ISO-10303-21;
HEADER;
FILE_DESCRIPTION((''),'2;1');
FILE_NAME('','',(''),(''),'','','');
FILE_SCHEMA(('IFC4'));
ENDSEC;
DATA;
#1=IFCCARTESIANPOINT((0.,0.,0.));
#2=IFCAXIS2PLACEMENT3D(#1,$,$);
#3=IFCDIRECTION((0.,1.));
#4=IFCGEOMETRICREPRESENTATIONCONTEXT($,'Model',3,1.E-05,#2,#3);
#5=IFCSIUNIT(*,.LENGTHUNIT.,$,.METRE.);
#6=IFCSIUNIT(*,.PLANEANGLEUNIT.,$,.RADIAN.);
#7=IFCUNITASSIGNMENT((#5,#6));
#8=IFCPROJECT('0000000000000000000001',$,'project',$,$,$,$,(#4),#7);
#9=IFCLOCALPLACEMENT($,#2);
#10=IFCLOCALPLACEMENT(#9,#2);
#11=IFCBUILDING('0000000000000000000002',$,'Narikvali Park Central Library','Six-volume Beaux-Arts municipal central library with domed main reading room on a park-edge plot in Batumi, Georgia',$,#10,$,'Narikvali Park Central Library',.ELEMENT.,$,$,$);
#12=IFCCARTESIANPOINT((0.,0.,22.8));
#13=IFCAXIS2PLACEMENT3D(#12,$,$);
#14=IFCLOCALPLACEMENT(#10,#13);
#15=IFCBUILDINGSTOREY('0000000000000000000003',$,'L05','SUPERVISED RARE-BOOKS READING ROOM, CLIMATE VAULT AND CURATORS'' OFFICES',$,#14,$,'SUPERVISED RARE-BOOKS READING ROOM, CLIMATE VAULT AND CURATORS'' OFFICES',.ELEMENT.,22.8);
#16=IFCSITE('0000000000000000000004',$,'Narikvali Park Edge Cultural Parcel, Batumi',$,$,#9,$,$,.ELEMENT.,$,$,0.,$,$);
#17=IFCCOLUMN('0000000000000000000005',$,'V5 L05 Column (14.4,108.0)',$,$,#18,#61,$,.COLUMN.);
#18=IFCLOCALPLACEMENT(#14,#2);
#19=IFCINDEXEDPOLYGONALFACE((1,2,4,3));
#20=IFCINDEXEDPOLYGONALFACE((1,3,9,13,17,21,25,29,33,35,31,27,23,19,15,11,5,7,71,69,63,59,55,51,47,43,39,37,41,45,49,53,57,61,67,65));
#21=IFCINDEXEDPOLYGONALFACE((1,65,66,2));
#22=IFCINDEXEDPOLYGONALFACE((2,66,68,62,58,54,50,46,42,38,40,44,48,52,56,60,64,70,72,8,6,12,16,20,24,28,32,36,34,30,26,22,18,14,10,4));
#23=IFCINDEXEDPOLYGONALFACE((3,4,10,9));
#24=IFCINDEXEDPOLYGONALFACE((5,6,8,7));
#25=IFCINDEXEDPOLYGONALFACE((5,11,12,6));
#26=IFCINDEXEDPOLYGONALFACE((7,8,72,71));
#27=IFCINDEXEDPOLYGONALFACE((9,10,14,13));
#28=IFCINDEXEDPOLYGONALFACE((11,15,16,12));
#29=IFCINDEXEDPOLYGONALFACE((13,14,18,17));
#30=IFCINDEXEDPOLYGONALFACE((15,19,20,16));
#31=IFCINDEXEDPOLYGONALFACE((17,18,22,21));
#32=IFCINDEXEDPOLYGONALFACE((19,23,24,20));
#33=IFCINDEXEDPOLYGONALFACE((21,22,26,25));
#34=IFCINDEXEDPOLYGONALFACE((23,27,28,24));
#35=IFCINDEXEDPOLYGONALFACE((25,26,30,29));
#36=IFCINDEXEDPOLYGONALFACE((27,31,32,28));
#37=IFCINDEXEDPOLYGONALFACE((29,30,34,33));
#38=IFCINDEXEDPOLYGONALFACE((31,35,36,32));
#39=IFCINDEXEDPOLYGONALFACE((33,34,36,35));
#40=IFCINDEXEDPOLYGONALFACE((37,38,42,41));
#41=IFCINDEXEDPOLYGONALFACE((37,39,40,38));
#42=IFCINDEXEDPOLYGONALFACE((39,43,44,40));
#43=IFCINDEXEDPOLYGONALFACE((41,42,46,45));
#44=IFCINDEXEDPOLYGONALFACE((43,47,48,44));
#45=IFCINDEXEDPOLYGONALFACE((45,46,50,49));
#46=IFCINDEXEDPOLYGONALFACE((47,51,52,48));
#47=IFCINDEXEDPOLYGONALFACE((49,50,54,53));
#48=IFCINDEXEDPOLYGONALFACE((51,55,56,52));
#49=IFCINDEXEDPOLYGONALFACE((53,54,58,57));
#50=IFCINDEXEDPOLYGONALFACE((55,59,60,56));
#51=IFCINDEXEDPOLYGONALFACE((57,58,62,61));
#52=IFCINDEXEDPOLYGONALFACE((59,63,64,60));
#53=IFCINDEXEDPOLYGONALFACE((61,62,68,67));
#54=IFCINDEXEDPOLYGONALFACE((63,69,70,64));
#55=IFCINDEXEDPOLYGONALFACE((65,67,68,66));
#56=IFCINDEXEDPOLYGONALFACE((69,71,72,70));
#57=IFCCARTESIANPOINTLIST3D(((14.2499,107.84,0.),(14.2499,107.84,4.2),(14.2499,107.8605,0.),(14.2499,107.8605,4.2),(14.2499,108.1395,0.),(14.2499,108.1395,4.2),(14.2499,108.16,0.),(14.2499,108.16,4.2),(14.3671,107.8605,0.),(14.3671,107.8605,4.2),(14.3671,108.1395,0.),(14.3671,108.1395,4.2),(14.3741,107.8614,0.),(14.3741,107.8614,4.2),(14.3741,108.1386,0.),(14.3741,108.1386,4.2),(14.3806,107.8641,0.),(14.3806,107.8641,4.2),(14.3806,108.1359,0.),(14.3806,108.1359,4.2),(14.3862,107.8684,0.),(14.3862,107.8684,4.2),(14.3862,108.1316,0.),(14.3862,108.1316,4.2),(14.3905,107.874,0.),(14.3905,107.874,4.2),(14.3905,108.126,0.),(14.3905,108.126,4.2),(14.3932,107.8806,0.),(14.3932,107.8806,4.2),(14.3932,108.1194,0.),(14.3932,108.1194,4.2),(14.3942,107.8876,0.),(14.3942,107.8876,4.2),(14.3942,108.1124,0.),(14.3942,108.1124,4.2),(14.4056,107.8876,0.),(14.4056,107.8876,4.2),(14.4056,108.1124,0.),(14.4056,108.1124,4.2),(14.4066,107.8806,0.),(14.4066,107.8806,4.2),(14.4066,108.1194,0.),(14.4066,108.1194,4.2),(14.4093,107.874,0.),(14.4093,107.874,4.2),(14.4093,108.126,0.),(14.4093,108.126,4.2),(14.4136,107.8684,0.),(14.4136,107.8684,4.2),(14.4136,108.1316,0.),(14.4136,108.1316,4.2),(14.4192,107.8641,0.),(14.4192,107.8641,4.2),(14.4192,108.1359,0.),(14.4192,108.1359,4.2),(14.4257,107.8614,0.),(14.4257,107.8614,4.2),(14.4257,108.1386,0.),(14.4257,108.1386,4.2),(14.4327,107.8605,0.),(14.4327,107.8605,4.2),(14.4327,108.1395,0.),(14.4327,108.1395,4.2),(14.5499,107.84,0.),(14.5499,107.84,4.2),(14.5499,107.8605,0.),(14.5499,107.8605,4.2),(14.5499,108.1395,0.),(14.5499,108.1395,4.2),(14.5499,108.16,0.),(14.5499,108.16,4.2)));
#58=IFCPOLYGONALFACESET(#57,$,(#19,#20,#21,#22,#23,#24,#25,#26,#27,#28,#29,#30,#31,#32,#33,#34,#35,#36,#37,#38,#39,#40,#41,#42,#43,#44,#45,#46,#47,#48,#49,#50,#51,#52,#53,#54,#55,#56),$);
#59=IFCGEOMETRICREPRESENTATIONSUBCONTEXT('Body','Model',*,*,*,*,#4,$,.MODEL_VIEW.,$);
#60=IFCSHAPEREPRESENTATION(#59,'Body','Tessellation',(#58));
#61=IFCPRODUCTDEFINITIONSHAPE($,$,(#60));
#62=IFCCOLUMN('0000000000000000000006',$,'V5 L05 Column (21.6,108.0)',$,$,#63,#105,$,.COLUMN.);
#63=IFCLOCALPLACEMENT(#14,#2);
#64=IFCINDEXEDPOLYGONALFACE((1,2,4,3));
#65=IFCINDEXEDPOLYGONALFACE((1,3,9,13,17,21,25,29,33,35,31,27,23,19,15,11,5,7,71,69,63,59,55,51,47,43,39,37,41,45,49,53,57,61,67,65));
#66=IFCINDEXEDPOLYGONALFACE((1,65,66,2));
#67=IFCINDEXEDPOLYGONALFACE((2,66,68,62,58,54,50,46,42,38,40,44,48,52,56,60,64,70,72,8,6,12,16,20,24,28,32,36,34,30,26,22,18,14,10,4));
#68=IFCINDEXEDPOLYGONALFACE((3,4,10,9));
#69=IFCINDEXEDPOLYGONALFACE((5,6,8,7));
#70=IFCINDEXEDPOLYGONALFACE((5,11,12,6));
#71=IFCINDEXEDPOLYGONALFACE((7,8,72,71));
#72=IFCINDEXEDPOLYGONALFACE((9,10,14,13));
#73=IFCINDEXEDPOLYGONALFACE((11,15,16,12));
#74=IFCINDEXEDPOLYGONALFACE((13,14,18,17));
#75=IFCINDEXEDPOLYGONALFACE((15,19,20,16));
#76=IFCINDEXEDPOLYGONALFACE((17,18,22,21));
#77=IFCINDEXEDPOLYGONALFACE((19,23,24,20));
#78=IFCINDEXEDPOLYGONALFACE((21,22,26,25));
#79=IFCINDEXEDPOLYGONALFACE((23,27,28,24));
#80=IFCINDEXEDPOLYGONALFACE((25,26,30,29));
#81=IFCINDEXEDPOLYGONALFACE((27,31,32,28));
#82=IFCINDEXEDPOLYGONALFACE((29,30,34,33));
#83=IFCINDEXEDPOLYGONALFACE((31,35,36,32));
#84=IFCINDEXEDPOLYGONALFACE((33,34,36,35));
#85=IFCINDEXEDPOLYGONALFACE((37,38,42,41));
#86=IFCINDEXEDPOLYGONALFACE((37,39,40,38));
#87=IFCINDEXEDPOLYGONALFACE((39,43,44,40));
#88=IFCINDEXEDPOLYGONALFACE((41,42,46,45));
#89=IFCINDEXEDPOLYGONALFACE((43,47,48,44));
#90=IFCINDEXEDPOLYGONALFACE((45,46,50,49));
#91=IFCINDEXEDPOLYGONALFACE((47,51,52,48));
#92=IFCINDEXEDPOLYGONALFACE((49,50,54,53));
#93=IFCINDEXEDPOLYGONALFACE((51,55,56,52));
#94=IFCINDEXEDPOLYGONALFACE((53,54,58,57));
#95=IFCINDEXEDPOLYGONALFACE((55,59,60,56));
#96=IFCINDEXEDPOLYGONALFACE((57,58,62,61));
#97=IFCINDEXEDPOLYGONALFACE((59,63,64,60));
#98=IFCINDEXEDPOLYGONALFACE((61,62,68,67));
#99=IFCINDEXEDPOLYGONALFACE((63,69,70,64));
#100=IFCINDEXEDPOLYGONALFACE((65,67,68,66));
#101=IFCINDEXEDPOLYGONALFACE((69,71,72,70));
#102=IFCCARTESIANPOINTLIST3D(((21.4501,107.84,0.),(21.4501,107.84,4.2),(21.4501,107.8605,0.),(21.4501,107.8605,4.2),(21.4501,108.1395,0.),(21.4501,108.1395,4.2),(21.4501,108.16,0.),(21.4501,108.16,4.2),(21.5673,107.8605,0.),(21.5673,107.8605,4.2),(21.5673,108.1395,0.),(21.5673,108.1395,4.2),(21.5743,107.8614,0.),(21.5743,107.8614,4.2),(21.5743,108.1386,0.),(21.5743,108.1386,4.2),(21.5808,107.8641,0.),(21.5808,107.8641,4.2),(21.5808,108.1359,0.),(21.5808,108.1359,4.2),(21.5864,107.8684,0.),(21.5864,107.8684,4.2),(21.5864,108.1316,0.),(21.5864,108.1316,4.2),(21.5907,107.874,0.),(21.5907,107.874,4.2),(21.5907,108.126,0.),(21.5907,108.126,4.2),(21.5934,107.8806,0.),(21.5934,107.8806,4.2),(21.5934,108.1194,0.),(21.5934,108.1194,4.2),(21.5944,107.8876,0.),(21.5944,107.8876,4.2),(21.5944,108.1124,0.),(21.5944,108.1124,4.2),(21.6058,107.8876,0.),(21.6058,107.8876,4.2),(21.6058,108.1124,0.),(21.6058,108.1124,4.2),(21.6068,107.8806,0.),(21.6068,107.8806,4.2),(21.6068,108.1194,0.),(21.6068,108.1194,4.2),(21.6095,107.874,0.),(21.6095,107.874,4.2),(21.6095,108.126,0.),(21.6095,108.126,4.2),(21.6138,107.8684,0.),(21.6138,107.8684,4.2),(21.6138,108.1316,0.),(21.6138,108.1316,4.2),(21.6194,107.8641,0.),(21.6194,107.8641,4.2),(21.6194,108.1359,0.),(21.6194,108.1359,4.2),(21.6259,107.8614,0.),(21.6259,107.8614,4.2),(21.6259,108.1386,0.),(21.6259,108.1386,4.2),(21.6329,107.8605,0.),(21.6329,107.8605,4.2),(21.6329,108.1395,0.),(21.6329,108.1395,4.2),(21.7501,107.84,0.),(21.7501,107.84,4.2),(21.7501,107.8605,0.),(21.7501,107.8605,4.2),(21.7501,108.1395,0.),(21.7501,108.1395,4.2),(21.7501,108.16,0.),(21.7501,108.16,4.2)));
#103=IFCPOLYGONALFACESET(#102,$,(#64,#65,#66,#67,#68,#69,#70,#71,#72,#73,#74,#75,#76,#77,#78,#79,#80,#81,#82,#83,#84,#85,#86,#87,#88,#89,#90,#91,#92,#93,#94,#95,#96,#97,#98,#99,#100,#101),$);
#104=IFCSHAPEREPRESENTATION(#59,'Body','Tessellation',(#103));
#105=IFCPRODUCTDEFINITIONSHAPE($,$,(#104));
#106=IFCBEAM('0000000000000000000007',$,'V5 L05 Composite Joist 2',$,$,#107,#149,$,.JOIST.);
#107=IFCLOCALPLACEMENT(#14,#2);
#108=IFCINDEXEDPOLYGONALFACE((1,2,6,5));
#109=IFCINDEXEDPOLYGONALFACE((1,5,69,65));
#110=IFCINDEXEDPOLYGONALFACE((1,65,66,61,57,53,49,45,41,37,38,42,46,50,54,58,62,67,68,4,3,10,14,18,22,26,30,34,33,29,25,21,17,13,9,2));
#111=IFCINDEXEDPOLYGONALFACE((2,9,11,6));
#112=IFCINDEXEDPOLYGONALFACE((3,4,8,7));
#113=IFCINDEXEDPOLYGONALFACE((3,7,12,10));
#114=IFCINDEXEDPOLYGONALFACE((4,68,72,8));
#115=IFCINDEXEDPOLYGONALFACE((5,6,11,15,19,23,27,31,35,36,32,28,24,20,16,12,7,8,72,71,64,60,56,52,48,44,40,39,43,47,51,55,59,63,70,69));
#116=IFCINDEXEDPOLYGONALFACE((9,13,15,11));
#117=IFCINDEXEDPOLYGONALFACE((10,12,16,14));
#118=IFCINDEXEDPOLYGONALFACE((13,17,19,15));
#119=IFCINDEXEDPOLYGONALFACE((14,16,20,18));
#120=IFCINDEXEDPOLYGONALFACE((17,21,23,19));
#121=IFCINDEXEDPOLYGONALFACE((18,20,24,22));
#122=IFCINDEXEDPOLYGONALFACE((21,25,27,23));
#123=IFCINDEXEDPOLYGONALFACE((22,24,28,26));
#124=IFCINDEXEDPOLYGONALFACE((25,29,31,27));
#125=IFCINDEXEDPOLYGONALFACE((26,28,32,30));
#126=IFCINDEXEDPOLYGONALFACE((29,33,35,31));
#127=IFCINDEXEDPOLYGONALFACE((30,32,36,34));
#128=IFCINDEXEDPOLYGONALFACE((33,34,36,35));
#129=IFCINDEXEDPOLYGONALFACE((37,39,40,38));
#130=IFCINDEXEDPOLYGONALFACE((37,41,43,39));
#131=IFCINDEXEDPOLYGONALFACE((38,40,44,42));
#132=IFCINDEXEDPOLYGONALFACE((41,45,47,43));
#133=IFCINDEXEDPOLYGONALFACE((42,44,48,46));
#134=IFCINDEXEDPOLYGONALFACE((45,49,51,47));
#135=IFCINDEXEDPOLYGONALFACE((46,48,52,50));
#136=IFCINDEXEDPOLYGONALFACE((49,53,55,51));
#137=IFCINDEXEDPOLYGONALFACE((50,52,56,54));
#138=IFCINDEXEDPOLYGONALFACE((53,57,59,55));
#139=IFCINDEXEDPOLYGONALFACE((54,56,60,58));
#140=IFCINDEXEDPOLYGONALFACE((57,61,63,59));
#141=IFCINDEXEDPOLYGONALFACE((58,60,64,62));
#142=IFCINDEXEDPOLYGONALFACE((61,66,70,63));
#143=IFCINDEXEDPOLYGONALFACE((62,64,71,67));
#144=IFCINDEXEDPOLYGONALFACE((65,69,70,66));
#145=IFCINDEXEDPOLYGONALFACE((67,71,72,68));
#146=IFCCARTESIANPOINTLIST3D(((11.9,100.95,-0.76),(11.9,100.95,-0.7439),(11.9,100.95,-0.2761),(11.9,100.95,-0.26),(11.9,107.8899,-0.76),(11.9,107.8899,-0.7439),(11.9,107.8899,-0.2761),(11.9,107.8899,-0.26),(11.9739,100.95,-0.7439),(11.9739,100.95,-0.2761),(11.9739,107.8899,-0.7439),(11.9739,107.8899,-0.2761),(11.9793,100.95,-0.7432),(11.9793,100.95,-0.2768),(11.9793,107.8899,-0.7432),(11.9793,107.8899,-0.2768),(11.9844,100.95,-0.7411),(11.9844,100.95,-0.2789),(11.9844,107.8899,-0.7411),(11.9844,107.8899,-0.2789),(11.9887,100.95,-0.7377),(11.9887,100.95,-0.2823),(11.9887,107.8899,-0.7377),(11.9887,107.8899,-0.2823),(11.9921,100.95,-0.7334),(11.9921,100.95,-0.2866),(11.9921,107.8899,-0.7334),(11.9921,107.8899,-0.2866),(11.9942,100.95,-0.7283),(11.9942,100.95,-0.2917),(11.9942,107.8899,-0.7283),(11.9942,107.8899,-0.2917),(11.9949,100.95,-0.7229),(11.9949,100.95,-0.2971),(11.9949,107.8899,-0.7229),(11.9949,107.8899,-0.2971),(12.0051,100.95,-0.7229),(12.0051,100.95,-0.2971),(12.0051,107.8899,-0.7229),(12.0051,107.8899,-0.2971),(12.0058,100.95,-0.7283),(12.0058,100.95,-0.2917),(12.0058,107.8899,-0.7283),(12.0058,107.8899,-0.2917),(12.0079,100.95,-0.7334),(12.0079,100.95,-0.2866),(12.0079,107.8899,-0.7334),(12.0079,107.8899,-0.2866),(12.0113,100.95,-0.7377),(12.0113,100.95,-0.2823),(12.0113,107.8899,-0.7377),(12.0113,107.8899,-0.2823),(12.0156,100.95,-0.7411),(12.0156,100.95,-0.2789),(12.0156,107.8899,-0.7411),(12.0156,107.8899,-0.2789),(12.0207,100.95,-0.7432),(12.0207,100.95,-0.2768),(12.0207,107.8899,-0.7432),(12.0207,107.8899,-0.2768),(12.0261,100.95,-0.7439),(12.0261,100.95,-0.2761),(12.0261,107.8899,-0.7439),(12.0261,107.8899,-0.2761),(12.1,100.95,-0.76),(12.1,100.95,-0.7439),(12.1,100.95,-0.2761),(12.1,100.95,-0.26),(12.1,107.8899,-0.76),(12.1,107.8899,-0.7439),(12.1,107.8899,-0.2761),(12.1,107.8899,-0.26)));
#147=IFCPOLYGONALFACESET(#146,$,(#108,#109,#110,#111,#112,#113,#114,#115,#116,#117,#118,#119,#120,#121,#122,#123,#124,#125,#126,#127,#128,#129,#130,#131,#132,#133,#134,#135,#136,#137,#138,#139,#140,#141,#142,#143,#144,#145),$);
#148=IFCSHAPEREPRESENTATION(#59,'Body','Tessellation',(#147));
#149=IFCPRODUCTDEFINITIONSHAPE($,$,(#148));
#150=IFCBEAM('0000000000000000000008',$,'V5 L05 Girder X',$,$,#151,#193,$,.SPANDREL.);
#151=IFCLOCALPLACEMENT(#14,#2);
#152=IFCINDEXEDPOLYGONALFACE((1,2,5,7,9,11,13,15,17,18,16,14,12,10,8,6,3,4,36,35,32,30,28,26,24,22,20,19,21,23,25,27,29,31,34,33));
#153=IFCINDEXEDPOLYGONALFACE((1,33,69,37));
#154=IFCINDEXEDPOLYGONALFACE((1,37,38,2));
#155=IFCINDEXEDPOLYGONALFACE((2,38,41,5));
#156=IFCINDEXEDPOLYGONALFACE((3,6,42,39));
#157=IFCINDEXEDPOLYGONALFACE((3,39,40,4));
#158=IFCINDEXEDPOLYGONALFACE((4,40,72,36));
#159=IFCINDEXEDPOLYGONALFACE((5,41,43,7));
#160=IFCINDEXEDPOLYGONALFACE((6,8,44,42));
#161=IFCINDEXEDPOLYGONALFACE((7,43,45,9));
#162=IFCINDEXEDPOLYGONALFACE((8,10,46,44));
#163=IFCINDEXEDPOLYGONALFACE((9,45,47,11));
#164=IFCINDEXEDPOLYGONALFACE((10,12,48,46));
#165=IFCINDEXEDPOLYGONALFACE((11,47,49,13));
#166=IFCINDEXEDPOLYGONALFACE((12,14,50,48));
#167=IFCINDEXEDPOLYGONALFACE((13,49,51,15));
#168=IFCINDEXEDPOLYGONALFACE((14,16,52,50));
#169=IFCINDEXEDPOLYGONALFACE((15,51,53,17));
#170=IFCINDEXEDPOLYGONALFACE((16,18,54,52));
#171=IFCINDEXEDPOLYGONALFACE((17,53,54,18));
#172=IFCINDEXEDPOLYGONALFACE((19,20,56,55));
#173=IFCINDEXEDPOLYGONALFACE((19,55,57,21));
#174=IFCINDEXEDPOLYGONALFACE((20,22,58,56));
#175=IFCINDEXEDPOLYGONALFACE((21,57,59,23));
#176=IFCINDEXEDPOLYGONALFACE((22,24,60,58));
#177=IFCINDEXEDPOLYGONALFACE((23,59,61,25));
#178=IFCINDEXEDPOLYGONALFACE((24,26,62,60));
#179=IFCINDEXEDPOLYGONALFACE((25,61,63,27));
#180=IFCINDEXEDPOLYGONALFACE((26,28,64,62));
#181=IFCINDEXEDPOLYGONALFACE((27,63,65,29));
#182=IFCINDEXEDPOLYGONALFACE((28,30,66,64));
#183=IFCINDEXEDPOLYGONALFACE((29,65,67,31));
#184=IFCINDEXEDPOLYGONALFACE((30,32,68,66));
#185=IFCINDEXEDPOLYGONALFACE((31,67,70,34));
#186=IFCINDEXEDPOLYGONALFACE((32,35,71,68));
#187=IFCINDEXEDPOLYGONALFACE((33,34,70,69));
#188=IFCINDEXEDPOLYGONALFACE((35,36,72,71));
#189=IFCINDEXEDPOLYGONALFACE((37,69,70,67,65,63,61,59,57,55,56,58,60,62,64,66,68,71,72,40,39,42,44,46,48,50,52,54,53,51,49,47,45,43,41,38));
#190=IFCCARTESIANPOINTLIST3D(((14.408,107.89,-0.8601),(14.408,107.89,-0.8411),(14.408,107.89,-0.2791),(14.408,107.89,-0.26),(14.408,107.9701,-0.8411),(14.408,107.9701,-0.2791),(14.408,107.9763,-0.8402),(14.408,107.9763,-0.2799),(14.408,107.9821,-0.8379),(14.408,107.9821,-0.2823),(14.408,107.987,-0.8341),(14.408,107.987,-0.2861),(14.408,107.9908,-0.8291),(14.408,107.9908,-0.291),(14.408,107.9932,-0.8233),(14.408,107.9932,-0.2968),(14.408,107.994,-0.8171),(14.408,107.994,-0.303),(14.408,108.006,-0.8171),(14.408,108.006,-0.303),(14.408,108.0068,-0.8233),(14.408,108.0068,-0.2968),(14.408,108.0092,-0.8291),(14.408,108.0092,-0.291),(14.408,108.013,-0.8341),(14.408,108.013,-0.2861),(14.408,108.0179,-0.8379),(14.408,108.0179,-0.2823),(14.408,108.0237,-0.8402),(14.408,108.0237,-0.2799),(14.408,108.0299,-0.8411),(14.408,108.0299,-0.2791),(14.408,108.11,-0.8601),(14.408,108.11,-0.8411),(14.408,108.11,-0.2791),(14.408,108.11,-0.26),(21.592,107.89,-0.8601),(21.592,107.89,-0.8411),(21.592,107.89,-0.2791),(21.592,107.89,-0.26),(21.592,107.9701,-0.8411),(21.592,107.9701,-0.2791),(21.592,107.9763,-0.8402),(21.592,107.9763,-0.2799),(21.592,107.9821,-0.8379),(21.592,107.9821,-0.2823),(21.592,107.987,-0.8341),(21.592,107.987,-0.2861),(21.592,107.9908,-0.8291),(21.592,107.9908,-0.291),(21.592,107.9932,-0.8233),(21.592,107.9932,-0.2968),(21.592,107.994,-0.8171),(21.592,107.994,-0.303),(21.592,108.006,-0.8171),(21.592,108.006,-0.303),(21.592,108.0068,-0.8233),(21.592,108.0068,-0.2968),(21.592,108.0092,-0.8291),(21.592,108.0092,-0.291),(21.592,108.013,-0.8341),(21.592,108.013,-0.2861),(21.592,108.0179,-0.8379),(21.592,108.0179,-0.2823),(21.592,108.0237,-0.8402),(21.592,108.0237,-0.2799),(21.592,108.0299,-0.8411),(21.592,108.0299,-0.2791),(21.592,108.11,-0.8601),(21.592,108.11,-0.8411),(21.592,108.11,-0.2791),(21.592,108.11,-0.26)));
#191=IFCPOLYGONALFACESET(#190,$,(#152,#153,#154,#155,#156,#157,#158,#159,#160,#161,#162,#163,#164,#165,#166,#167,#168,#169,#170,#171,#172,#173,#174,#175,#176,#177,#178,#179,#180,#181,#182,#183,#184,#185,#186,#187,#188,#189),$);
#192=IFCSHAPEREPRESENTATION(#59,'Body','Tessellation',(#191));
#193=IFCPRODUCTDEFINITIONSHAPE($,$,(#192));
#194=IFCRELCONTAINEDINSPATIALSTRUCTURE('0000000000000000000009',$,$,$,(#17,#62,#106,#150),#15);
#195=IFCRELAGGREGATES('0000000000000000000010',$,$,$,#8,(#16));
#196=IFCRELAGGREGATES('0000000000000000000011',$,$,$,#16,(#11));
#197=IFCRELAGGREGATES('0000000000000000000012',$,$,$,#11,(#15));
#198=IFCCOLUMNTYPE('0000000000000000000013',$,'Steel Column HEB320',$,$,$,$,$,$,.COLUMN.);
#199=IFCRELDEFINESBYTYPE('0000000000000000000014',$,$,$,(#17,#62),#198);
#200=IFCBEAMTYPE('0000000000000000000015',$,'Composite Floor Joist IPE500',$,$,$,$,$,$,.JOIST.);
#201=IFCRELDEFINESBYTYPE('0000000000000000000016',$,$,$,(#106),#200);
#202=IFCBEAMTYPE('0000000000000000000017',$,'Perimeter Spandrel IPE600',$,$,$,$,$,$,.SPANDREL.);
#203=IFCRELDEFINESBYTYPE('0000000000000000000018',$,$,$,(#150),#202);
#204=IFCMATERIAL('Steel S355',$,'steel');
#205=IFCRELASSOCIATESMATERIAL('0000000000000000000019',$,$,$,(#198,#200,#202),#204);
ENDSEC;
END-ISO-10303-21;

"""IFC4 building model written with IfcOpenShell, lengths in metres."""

from ifc_helpers import new_model, si_unit, direction, frame, origin, origin_2d, place, context, subcontext, project, spatial, i_section, extrude, material, material_profile, profile_set, type_object, element, save


model = new_model("IFC4")

# Units and contexts
model_context = context("Model", 3, precision=1e-05, world=origin(), true_north=direction((0.0, 1.0)))
body_context = subcontext(model_context, "Body", "Model", "MODEL_VIEW")
ifc_project = project(units=[si_unit("LENGTHUNIT", "METRE"), si_unit("PLANEANGLEUNIT", "RADIAN")], contexts=[model_context])

# Site, building, storey
site_placement = place(None, origin())
site = spatial("IfcSite", under=ifc_project, at=site_placement, Name="Narikvali Park Edge Cultural Parcel, Batumi", CompositionType="ELEMENT", RefElevation=0.0)
building_placement = place(site_placement, origin())
building = spatial("IfcBuilding", under=site, at=building_placement, Name="Narikvali Park Central Library", Description="Six-volume Beaux-Arts municipal central library with domed main reading room on a park-edge plot in Batumi, Georgia", LongName="Narikvali Park Central Library", CompositionType="ELEMENT")
storey_placement = place(building_placement, frame((0.0, 0.0, 22.8)))
storey = spatial("IfcBuildingStorey", under=building, at=storey_placement, Name="L05", Description="SUPERVISED RARE-BOOKS READING ROOM, CLIMATE VAULT AND CURATORS' OFFICES", LongName="SUPERVISED RARE-BOOKS READING ROOM, CLIMATE VAULT AND CURATORS' OFFICES", CompositionType="ELEMENT", Elevation=22.8)

# Columns
ifc_material_1 = material(Name="Steel S355", Category="steel")
ifc_material_profile_1 = material_profile(ifc_material_1, i_section(OverallWidth=0.3, OverallDepth=0.3201, WebThickness=0.0115, FlangeThickness=0.0205, FilletRadius=0.0271, at=origin_2d()), Name="HEB 320")
ifc_profile_set_1 = profile_set([ifc_material_profile_1], Name="Steel S355")
column_type = type_object("IfcColumnType", Name="Steel Column HEB320", PredefinedType="COLUMN", material=ifc_profile_set_1)
for number, where, z_axis, x_axis, name in (
    (1, (14.3999, 108.0, 0.0), (0.0, 0.0, 1.0), (1.0, 0.0, 0.0), "V5 L05 Column (14.4,108.0)"),
    (2, (21.6001, 108.0, 0.0), (0.0, 0.0, 1.0), (1.0, 0.0, 0.0), "V5 L05 Column (21.6,108.0)"),
):
    element("IfcColumn", number, at=place(storey_placement, frame(where, z_axis=z_axis, x_axis=x_axis)), inside=storey, type_object=column_type, Name=name, PredefinedType="COLUMN", context=body_context, shape_type="SweptSolid", body=[
        extrude(i_section(OverallWidth=0.3, OverallDepth=0.3201, WebThickness=0.0115, FlangeThickness=0.0205, FilletRadius=0.0271, at=origin_2d()), origin(), (0.0, 0.0, 1.0), 4.2),
    ])

# Beams
ifc_material_profile_2 = material_profile(ifc_material_1, i_section(OverallWidth=0.2, OverallDepth=0.5, WebThickness=0.0103, FlangeThickness=0.0161, FilletRadius=0.021, at=origin_2d()), Name="IPE 500")
ifc_profile_set_2 = profile_set([ifc_material_profile_2], Name="Steel S355")
beam_type_1 = type_object("IfcBeamType", Name="Composite Floor Joist IPE500", PredefinedType="JOIST", material=ifc_profile_set_2)
beam_1_placement = place(storey_placement, frame((12.0, 100.95, -0.51), z_axis=(0.0, 1.0, 0.0), x_axis=(-1.0, 0.0, 0.0)))
element("IfcBeam", 3, at=beam_1_placement, inside=storey, type_object=beam_type_1, Name="V5 L05 Composite Joist 2", PredefinedType="JOIST", context=body_context, shape_type="SweptSolid", body=[
    extrude(i_section(OverallWidth=0.2, OverallDepth=0.5, WebThickness=0.0103, FlangeThickness=0.0161, FilletRadius=0.021, at=origin_2d()), origin(), (0.0, 0.0, 1.0), 6.9399),
])
ifc_material_profile_3 = material_profile(ifc_material_1, i_section(OverallWidth=0.22, OverallDepth=0.6001, WebThickness=0.012, FlangeThickness=0.019, FilletRadius=0.0239, at=origin_2d()), Name="IPE 600")
ifc_profile_set_3 = profile_set([ifc_material_profile_3], Name="Steel S355")
beam_type_2 = type_object("IfcBeamType", Name="Perimeter Spandrel IPE600", PredefinedType="SPANDREL", material=ifc_profile_set_3)
beam_2_placement = place(storey_placement, frame((14.408, 108.0, -0.5601), z_axis=(1.0, 0.0, 0.0), x_axis=(0.0, 1.0, 0.0)))
element("IfcBeam", 4, at=beam_2_placement, inside=storey, type_object=beam_type_2, Name="V5 L05 Girder X", PredefinedType="SPANDREL", context=body_context, shape_type="SweptSolid", body=[
    extrude(i_section(OverallWidth=0.22, OverallDepth=0.6001, WebThickness=0.012, FlangeThickness=0.019, FilletRadius=0.0239, at=origin_2d()), origin(), (0.0, 0.0, 1.0), 7.1841),
])

save(model, "model.ifc")
